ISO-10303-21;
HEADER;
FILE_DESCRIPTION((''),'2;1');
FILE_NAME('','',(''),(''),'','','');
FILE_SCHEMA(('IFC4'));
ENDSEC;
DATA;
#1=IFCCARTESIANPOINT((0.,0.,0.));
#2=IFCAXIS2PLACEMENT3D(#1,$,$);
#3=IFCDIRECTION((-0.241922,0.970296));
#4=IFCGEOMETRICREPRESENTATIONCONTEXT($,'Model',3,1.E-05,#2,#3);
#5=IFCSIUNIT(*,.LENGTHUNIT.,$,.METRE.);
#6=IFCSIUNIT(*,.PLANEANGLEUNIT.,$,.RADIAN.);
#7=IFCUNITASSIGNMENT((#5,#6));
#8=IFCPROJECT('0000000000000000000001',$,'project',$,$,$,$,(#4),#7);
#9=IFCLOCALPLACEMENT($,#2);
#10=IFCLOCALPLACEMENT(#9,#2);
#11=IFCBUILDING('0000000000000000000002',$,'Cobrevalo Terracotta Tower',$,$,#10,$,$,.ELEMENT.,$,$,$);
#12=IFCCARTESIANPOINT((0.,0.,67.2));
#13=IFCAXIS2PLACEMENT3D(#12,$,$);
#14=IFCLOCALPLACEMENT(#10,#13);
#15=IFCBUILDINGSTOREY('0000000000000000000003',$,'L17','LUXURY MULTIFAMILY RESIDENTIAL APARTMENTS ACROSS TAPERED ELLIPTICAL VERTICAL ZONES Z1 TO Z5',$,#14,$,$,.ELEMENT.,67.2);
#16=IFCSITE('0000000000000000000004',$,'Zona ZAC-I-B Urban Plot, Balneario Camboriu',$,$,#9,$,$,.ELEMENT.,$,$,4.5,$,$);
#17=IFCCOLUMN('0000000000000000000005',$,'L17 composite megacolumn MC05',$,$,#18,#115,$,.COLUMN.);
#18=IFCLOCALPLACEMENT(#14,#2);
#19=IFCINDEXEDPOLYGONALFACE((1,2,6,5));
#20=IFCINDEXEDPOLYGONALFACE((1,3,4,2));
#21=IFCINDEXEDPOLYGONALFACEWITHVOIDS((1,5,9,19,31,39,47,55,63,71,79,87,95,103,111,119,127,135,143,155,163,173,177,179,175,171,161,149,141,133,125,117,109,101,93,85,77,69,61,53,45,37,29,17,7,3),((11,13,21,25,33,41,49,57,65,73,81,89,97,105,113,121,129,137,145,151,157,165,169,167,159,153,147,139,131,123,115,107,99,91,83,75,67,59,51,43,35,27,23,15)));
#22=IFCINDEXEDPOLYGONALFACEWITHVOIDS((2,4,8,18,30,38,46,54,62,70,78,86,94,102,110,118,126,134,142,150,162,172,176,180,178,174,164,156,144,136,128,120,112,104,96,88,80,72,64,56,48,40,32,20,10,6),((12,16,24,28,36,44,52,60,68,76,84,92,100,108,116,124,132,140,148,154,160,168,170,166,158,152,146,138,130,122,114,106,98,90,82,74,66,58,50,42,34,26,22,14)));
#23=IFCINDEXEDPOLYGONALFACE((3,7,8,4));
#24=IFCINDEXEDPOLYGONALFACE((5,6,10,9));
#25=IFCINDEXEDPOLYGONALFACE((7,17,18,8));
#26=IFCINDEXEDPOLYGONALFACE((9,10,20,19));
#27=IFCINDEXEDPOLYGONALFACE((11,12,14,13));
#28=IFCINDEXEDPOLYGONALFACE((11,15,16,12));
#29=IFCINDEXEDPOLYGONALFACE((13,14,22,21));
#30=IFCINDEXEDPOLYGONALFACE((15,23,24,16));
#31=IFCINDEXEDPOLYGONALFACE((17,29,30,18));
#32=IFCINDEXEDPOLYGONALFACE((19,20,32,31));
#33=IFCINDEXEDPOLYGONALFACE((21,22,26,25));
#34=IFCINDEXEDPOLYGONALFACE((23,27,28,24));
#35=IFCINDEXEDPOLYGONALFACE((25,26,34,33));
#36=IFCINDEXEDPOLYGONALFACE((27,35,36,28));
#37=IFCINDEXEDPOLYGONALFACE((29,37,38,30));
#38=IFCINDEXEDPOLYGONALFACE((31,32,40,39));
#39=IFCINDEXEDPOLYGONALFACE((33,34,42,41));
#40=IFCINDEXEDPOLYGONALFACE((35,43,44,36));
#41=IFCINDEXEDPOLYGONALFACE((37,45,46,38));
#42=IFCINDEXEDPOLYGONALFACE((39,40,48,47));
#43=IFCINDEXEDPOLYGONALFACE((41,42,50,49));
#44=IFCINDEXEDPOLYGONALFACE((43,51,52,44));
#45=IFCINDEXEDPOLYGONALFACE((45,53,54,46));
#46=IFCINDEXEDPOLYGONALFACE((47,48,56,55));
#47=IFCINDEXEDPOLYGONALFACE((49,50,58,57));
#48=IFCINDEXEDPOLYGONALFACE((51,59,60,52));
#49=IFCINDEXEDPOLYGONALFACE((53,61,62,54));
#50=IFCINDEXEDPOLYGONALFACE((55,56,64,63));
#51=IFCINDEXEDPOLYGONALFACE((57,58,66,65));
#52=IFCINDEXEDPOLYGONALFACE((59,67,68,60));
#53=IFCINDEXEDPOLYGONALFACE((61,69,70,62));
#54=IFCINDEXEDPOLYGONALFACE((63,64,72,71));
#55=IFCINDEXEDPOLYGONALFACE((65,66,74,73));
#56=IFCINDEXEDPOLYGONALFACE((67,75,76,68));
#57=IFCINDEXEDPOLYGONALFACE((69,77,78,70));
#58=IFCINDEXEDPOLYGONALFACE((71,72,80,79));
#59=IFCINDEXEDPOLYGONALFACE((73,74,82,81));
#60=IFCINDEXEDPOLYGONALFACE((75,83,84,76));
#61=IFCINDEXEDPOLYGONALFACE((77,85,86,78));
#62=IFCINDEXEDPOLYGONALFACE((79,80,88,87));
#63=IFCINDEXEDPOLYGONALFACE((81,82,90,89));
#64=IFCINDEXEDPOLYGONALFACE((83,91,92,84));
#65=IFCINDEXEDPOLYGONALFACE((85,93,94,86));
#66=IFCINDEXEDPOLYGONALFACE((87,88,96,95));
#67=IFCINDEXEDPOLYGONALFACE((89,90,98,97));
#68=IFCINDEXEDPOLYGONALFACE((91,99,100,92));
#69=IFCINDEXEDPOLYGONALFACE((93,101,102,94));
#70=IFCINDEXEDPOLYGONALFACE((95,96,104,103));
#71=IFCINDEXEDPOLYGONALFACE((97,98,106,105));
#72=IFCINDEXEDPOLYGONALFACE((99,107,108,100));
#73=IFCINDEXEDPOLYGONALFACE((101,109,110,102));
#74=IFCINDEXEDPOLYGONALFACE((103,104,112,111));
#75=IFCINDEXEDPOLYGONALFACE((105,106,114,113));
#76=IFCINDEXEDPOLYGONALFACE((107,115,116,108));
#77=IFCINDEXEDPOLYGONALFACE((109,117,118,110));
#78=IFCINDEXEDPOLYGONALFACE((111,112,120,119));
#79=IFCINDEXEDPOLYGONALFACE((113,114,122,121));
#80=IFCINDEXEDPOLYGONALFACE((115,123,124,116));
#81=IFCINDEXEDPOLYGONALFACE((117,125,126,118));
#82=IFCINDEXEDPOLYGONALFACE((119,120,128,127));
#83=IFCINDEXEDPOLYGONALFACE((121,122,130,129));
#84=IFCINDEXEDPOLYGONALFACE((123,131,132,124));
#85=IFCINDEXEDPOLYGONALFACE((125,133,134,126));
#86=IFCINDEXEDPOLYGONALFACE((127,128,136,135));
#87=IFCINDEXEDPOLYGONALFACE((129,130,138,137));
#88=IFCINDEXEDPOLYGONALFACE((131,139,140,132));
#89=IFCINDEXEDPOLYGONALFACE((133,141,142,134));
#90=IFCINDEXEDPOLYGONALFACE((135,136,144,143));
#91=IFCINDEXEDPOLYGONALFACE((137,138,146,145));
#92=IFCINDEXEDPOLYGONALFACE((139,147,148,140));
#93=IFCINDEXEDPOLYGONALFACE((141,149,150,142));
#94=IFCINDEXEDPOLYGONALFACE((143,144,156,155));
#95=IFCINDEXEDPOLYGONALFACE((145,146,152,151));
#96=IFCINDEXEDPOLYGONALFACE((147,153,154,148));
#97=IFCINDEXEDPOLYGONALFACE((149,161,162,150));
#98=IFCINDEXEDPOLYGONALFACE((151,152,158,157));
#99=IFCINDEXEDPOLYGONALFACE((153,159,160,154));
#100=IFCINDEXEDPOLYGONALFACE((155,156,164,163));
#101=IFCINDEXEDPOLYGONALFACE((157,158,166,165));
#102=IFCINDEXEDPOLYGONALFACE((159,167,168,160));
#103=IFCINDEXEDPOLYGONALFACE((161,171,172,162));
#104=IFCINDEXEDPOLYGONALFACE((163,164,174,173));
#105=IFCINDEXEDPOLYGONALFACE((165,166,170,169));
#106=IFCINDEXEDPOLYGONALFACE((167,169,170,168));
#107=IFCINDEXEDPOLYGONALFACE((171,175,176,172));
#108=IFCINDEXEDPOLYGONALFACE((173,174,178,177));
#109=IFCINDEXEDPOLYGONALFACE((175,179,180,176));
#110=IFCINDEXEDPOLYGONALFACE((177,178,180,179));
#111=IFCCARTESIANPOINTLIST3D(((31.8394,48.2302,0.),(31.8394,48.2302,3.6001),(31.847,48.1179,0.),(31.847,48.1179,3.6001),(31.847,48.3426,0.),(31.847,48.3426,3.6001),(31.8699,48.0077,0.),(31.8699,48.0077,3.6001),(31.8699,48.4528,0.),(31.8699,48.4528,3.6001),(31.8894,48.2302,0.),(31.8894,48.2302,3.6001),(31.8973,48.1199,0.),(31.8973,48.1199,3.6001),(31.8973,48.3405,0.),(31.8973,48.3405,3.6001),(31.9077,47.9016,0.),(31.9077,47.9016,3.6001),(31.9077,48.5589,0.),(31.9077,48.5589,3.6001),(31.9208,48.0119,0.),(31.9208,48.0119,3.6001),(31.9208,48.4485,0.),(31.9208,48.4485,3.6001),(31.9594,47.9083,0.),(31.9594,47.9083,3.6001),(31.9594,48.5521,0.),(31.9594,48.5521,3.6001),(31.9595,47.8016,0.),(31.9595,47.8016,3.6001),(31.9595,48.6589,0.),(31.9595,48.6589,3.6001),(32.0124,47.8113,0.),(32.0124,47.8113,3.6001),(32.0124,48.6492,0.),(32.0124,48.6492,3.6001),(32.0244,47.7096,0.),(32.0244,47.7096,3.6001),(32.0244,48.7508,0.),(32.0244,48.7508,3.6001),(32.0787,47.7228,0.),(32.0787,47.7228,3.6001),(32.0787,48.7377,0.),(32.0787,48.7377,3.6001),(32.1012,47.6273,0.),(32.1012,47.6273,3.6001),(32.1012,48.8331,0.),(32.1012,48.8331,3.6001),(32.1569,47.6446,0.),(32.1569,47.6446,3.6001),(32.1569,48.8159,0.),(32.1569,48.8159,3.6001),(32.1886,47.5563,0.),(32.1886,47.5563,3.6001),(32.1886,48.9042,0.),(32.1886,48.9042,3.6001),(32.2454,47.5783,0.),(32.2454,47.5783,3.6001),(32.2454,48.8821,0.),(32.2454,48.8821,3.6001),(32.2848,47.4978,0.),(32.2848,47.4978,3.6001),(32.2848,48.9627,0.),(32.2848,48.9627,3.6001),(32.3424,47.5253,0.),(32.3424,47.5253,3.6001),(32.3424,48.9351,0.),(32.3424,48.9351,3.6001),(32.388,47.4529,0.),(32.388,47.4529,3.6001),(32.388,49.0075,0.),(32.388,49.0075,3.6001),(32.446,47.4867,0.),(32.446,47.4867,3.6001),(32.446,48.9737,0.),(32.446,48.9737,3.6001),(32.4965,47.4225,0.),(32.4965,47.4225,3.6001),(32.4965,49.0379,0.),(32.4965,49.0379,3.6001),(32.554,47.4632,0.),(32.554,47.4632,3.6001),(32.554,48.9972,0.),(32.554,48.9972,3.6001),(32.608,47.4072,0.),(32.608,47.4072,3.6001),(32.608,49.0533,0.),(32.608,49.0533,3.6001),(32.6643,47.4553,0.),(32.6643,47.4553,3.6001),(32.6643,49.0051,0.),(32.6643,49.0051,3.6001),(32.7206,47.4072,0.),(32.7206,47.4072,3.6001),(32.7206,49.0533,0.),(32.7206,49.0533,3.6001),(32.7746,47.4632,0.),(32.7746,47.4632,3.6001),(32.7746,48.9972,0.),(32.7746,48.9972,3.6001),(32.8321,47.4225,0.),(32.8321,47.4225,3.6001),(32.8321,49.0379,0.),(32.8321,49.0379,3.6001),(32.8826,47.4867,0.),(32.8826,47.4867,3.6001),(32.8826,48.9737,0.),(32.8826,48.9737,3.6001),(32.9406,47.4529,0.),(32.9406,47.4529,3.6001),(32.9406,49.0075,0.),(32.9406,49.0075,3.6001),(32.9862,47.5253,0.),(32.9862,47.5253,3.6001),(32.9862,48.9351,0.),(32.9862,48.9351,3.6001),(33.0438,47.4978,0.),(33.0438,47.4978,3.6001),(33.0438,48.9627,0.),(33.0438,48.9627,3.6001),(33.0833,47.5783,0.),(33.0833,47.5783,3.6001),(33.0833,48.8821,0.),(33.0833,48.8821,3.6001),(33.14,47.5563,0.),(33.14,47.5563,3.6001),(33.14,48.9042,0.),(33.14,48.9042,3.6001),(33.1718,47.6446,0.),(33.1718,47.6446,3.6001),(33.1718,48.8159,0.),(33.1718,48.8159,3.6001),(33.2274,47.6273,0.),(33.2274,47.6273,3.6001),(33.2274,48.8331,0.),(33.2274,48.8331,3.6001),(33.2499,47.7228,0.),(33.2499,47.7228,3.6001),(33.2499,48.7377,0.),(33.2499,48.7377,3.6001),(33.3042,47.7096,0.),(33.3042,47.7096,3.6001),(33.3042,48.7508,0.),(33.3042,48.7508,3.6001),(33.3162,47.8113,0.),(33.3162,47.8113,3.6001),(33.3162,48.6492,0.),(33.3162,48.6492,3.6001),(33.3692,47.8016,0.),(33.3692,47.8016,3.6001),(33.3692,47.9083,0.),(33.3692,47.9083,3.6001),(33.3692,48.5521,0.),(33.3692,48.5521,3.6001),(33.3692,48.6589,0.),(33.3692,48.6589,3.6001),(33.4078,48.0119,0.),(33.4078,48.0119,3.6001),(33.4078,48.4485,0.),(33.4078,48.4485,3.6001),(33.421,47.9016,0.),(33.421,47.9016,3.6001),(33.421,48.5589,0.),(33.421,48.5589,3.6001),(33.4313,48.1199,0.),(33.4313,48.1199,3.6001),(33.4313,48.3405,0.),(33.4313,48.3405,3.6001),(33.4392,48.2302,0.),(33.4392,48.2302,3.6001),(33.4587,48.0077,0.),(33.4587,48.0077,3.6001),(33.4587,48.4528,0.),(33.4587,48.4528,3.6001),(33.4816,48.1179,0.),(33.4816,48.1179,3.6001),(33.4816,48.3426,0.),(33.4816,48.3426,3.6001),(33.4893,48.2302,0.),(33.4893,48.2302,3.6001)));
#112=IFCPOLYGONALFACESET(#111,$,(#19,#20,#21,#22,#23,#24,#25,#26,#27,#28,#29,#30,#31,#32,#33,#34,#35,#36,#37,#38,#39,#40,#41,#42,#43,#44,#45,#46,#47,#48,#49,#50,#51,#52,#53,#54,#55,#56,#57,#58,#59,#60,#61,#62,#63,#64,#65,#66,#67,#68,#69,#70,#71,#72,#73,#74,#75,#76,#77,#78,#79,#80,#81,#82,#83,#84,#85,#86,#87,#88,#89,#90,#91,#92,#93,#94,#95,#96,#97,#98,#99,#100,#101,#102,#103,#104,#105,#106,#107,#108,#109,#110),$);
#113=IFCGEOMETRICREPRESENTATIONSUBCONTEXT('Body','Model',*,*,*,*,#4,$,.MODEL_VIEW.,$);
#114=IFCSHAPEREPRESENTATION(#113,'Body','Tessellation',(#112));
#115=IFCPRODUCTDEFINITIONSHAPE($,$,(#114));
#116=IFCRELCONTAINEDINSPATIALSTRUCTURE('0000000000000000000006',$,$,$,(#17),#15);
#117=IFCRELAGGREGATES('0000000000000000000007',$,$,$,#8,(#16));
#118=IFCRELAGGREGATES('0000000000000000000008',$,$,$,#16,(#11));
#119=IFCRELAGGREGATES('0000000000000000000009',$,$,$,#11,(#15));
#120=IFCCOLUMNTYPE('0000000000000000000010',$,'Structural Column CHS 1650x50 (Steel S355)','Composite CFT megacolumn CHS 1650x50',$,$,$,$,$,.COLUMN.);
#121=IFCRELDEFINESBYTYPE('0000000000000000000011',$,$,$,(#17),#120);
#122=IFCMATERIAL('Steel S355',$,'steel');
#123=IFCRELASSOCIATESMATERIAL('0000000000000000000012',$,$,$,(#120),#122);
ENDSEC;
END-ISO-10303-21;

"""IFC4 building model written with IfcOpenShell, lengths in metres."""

from ifc_helpers import new_model, si_unit, direction, frame, origin, origin_2d, place, context, subcontext, project, spatial, hollow_circle, extrude, material, material_profile, profile_set, type_object, element, save


model = new_model("IFC4")

# Units and contexts
model_context = context("Model", 3, precision=1e-05, world=origin(), true_north=direction((-0.241922, 0.970296)))
body_context = subcontext(model_context, "Body", "Model", "MODEL_VIEW")
ifc_project = project(units=[si_unit("LENGTHUNIT", "METRE"), si_unit("PLANEANGLEUNIT", "RADIAN")], contexts=[model_context])

# Site, building, storey
site_placement = place(None, origin())
site = spatial("IfcSite", under=ifc_project, at=site_placement, Name="Zona ZAC-I-B Urban Plot, Balneario Camboriu", CompositionType="ELEMENT", RefElevation=4.5)
building_placement = place(site_placement, origin())
building = spatial("IfcBuilding", under=site, at=building_placement, Name="Cobrevalo Terracotta Tower", CompositionType="ELEMENT")
storey_placement = place(building_placement, frame((0.0, 0.0, 67.2)))
storey = spatial("IfcBuildingStorey", under=building, at=storey_placement, Name="L17", Description="LUXURY MULTIFAMILY RESIDENTIAL APARTMENTS ACROSS TAPERED ELLIPTICAL VERTICAL ZONES Z1 TO Z5", CompositionType="ELEMENT", Elevation=67.2)

# Column
ifc_material_1 = material(Name="Steel S355", Category="steel")
ifc_material_profile_1 = material_profile(ifc_material_1, hollow_circle(Radius=0.825, WallThickness=0.05, at=origin_2d()), Name="CHS 1650x50")
ifc_profile_set_1 = profile_set([ifc_material_profile_1], Name="Steel S355")
column_type = type_object("IfcColumnType", Name="Structural Column CHS 1650x50 (Steel S355)", Description="Composite CFT megacolumn CHS 1650x50", PredefinedType="COLUMN", material=ifc_profile_set_1)
for number, where, z_axis, x_axis, name in (
    (1, (32.6643, 48.2302, 0.0), (0.0, 0.0, 1.0), (1.0, 0.0, 0.0), "L17 composite megacolumn MC05"),
):
    element("IfcColumn", number, at=place(storey_placement, frame(where, z_axis=z_axis, x_axis=x_axis)), inside=storey, type_object=column_type, Name=name, PredefinedType="COLUMN", context=body_context, shape_type="SweptSolid", body=[
        extrude(hollow_circle(Radius=0.825, WallThickness=0.05, at=origin_2d()), origin(), (0.0, 0.0, 1.0), 3.6001),
    ])

save(model, "model.ifc")
